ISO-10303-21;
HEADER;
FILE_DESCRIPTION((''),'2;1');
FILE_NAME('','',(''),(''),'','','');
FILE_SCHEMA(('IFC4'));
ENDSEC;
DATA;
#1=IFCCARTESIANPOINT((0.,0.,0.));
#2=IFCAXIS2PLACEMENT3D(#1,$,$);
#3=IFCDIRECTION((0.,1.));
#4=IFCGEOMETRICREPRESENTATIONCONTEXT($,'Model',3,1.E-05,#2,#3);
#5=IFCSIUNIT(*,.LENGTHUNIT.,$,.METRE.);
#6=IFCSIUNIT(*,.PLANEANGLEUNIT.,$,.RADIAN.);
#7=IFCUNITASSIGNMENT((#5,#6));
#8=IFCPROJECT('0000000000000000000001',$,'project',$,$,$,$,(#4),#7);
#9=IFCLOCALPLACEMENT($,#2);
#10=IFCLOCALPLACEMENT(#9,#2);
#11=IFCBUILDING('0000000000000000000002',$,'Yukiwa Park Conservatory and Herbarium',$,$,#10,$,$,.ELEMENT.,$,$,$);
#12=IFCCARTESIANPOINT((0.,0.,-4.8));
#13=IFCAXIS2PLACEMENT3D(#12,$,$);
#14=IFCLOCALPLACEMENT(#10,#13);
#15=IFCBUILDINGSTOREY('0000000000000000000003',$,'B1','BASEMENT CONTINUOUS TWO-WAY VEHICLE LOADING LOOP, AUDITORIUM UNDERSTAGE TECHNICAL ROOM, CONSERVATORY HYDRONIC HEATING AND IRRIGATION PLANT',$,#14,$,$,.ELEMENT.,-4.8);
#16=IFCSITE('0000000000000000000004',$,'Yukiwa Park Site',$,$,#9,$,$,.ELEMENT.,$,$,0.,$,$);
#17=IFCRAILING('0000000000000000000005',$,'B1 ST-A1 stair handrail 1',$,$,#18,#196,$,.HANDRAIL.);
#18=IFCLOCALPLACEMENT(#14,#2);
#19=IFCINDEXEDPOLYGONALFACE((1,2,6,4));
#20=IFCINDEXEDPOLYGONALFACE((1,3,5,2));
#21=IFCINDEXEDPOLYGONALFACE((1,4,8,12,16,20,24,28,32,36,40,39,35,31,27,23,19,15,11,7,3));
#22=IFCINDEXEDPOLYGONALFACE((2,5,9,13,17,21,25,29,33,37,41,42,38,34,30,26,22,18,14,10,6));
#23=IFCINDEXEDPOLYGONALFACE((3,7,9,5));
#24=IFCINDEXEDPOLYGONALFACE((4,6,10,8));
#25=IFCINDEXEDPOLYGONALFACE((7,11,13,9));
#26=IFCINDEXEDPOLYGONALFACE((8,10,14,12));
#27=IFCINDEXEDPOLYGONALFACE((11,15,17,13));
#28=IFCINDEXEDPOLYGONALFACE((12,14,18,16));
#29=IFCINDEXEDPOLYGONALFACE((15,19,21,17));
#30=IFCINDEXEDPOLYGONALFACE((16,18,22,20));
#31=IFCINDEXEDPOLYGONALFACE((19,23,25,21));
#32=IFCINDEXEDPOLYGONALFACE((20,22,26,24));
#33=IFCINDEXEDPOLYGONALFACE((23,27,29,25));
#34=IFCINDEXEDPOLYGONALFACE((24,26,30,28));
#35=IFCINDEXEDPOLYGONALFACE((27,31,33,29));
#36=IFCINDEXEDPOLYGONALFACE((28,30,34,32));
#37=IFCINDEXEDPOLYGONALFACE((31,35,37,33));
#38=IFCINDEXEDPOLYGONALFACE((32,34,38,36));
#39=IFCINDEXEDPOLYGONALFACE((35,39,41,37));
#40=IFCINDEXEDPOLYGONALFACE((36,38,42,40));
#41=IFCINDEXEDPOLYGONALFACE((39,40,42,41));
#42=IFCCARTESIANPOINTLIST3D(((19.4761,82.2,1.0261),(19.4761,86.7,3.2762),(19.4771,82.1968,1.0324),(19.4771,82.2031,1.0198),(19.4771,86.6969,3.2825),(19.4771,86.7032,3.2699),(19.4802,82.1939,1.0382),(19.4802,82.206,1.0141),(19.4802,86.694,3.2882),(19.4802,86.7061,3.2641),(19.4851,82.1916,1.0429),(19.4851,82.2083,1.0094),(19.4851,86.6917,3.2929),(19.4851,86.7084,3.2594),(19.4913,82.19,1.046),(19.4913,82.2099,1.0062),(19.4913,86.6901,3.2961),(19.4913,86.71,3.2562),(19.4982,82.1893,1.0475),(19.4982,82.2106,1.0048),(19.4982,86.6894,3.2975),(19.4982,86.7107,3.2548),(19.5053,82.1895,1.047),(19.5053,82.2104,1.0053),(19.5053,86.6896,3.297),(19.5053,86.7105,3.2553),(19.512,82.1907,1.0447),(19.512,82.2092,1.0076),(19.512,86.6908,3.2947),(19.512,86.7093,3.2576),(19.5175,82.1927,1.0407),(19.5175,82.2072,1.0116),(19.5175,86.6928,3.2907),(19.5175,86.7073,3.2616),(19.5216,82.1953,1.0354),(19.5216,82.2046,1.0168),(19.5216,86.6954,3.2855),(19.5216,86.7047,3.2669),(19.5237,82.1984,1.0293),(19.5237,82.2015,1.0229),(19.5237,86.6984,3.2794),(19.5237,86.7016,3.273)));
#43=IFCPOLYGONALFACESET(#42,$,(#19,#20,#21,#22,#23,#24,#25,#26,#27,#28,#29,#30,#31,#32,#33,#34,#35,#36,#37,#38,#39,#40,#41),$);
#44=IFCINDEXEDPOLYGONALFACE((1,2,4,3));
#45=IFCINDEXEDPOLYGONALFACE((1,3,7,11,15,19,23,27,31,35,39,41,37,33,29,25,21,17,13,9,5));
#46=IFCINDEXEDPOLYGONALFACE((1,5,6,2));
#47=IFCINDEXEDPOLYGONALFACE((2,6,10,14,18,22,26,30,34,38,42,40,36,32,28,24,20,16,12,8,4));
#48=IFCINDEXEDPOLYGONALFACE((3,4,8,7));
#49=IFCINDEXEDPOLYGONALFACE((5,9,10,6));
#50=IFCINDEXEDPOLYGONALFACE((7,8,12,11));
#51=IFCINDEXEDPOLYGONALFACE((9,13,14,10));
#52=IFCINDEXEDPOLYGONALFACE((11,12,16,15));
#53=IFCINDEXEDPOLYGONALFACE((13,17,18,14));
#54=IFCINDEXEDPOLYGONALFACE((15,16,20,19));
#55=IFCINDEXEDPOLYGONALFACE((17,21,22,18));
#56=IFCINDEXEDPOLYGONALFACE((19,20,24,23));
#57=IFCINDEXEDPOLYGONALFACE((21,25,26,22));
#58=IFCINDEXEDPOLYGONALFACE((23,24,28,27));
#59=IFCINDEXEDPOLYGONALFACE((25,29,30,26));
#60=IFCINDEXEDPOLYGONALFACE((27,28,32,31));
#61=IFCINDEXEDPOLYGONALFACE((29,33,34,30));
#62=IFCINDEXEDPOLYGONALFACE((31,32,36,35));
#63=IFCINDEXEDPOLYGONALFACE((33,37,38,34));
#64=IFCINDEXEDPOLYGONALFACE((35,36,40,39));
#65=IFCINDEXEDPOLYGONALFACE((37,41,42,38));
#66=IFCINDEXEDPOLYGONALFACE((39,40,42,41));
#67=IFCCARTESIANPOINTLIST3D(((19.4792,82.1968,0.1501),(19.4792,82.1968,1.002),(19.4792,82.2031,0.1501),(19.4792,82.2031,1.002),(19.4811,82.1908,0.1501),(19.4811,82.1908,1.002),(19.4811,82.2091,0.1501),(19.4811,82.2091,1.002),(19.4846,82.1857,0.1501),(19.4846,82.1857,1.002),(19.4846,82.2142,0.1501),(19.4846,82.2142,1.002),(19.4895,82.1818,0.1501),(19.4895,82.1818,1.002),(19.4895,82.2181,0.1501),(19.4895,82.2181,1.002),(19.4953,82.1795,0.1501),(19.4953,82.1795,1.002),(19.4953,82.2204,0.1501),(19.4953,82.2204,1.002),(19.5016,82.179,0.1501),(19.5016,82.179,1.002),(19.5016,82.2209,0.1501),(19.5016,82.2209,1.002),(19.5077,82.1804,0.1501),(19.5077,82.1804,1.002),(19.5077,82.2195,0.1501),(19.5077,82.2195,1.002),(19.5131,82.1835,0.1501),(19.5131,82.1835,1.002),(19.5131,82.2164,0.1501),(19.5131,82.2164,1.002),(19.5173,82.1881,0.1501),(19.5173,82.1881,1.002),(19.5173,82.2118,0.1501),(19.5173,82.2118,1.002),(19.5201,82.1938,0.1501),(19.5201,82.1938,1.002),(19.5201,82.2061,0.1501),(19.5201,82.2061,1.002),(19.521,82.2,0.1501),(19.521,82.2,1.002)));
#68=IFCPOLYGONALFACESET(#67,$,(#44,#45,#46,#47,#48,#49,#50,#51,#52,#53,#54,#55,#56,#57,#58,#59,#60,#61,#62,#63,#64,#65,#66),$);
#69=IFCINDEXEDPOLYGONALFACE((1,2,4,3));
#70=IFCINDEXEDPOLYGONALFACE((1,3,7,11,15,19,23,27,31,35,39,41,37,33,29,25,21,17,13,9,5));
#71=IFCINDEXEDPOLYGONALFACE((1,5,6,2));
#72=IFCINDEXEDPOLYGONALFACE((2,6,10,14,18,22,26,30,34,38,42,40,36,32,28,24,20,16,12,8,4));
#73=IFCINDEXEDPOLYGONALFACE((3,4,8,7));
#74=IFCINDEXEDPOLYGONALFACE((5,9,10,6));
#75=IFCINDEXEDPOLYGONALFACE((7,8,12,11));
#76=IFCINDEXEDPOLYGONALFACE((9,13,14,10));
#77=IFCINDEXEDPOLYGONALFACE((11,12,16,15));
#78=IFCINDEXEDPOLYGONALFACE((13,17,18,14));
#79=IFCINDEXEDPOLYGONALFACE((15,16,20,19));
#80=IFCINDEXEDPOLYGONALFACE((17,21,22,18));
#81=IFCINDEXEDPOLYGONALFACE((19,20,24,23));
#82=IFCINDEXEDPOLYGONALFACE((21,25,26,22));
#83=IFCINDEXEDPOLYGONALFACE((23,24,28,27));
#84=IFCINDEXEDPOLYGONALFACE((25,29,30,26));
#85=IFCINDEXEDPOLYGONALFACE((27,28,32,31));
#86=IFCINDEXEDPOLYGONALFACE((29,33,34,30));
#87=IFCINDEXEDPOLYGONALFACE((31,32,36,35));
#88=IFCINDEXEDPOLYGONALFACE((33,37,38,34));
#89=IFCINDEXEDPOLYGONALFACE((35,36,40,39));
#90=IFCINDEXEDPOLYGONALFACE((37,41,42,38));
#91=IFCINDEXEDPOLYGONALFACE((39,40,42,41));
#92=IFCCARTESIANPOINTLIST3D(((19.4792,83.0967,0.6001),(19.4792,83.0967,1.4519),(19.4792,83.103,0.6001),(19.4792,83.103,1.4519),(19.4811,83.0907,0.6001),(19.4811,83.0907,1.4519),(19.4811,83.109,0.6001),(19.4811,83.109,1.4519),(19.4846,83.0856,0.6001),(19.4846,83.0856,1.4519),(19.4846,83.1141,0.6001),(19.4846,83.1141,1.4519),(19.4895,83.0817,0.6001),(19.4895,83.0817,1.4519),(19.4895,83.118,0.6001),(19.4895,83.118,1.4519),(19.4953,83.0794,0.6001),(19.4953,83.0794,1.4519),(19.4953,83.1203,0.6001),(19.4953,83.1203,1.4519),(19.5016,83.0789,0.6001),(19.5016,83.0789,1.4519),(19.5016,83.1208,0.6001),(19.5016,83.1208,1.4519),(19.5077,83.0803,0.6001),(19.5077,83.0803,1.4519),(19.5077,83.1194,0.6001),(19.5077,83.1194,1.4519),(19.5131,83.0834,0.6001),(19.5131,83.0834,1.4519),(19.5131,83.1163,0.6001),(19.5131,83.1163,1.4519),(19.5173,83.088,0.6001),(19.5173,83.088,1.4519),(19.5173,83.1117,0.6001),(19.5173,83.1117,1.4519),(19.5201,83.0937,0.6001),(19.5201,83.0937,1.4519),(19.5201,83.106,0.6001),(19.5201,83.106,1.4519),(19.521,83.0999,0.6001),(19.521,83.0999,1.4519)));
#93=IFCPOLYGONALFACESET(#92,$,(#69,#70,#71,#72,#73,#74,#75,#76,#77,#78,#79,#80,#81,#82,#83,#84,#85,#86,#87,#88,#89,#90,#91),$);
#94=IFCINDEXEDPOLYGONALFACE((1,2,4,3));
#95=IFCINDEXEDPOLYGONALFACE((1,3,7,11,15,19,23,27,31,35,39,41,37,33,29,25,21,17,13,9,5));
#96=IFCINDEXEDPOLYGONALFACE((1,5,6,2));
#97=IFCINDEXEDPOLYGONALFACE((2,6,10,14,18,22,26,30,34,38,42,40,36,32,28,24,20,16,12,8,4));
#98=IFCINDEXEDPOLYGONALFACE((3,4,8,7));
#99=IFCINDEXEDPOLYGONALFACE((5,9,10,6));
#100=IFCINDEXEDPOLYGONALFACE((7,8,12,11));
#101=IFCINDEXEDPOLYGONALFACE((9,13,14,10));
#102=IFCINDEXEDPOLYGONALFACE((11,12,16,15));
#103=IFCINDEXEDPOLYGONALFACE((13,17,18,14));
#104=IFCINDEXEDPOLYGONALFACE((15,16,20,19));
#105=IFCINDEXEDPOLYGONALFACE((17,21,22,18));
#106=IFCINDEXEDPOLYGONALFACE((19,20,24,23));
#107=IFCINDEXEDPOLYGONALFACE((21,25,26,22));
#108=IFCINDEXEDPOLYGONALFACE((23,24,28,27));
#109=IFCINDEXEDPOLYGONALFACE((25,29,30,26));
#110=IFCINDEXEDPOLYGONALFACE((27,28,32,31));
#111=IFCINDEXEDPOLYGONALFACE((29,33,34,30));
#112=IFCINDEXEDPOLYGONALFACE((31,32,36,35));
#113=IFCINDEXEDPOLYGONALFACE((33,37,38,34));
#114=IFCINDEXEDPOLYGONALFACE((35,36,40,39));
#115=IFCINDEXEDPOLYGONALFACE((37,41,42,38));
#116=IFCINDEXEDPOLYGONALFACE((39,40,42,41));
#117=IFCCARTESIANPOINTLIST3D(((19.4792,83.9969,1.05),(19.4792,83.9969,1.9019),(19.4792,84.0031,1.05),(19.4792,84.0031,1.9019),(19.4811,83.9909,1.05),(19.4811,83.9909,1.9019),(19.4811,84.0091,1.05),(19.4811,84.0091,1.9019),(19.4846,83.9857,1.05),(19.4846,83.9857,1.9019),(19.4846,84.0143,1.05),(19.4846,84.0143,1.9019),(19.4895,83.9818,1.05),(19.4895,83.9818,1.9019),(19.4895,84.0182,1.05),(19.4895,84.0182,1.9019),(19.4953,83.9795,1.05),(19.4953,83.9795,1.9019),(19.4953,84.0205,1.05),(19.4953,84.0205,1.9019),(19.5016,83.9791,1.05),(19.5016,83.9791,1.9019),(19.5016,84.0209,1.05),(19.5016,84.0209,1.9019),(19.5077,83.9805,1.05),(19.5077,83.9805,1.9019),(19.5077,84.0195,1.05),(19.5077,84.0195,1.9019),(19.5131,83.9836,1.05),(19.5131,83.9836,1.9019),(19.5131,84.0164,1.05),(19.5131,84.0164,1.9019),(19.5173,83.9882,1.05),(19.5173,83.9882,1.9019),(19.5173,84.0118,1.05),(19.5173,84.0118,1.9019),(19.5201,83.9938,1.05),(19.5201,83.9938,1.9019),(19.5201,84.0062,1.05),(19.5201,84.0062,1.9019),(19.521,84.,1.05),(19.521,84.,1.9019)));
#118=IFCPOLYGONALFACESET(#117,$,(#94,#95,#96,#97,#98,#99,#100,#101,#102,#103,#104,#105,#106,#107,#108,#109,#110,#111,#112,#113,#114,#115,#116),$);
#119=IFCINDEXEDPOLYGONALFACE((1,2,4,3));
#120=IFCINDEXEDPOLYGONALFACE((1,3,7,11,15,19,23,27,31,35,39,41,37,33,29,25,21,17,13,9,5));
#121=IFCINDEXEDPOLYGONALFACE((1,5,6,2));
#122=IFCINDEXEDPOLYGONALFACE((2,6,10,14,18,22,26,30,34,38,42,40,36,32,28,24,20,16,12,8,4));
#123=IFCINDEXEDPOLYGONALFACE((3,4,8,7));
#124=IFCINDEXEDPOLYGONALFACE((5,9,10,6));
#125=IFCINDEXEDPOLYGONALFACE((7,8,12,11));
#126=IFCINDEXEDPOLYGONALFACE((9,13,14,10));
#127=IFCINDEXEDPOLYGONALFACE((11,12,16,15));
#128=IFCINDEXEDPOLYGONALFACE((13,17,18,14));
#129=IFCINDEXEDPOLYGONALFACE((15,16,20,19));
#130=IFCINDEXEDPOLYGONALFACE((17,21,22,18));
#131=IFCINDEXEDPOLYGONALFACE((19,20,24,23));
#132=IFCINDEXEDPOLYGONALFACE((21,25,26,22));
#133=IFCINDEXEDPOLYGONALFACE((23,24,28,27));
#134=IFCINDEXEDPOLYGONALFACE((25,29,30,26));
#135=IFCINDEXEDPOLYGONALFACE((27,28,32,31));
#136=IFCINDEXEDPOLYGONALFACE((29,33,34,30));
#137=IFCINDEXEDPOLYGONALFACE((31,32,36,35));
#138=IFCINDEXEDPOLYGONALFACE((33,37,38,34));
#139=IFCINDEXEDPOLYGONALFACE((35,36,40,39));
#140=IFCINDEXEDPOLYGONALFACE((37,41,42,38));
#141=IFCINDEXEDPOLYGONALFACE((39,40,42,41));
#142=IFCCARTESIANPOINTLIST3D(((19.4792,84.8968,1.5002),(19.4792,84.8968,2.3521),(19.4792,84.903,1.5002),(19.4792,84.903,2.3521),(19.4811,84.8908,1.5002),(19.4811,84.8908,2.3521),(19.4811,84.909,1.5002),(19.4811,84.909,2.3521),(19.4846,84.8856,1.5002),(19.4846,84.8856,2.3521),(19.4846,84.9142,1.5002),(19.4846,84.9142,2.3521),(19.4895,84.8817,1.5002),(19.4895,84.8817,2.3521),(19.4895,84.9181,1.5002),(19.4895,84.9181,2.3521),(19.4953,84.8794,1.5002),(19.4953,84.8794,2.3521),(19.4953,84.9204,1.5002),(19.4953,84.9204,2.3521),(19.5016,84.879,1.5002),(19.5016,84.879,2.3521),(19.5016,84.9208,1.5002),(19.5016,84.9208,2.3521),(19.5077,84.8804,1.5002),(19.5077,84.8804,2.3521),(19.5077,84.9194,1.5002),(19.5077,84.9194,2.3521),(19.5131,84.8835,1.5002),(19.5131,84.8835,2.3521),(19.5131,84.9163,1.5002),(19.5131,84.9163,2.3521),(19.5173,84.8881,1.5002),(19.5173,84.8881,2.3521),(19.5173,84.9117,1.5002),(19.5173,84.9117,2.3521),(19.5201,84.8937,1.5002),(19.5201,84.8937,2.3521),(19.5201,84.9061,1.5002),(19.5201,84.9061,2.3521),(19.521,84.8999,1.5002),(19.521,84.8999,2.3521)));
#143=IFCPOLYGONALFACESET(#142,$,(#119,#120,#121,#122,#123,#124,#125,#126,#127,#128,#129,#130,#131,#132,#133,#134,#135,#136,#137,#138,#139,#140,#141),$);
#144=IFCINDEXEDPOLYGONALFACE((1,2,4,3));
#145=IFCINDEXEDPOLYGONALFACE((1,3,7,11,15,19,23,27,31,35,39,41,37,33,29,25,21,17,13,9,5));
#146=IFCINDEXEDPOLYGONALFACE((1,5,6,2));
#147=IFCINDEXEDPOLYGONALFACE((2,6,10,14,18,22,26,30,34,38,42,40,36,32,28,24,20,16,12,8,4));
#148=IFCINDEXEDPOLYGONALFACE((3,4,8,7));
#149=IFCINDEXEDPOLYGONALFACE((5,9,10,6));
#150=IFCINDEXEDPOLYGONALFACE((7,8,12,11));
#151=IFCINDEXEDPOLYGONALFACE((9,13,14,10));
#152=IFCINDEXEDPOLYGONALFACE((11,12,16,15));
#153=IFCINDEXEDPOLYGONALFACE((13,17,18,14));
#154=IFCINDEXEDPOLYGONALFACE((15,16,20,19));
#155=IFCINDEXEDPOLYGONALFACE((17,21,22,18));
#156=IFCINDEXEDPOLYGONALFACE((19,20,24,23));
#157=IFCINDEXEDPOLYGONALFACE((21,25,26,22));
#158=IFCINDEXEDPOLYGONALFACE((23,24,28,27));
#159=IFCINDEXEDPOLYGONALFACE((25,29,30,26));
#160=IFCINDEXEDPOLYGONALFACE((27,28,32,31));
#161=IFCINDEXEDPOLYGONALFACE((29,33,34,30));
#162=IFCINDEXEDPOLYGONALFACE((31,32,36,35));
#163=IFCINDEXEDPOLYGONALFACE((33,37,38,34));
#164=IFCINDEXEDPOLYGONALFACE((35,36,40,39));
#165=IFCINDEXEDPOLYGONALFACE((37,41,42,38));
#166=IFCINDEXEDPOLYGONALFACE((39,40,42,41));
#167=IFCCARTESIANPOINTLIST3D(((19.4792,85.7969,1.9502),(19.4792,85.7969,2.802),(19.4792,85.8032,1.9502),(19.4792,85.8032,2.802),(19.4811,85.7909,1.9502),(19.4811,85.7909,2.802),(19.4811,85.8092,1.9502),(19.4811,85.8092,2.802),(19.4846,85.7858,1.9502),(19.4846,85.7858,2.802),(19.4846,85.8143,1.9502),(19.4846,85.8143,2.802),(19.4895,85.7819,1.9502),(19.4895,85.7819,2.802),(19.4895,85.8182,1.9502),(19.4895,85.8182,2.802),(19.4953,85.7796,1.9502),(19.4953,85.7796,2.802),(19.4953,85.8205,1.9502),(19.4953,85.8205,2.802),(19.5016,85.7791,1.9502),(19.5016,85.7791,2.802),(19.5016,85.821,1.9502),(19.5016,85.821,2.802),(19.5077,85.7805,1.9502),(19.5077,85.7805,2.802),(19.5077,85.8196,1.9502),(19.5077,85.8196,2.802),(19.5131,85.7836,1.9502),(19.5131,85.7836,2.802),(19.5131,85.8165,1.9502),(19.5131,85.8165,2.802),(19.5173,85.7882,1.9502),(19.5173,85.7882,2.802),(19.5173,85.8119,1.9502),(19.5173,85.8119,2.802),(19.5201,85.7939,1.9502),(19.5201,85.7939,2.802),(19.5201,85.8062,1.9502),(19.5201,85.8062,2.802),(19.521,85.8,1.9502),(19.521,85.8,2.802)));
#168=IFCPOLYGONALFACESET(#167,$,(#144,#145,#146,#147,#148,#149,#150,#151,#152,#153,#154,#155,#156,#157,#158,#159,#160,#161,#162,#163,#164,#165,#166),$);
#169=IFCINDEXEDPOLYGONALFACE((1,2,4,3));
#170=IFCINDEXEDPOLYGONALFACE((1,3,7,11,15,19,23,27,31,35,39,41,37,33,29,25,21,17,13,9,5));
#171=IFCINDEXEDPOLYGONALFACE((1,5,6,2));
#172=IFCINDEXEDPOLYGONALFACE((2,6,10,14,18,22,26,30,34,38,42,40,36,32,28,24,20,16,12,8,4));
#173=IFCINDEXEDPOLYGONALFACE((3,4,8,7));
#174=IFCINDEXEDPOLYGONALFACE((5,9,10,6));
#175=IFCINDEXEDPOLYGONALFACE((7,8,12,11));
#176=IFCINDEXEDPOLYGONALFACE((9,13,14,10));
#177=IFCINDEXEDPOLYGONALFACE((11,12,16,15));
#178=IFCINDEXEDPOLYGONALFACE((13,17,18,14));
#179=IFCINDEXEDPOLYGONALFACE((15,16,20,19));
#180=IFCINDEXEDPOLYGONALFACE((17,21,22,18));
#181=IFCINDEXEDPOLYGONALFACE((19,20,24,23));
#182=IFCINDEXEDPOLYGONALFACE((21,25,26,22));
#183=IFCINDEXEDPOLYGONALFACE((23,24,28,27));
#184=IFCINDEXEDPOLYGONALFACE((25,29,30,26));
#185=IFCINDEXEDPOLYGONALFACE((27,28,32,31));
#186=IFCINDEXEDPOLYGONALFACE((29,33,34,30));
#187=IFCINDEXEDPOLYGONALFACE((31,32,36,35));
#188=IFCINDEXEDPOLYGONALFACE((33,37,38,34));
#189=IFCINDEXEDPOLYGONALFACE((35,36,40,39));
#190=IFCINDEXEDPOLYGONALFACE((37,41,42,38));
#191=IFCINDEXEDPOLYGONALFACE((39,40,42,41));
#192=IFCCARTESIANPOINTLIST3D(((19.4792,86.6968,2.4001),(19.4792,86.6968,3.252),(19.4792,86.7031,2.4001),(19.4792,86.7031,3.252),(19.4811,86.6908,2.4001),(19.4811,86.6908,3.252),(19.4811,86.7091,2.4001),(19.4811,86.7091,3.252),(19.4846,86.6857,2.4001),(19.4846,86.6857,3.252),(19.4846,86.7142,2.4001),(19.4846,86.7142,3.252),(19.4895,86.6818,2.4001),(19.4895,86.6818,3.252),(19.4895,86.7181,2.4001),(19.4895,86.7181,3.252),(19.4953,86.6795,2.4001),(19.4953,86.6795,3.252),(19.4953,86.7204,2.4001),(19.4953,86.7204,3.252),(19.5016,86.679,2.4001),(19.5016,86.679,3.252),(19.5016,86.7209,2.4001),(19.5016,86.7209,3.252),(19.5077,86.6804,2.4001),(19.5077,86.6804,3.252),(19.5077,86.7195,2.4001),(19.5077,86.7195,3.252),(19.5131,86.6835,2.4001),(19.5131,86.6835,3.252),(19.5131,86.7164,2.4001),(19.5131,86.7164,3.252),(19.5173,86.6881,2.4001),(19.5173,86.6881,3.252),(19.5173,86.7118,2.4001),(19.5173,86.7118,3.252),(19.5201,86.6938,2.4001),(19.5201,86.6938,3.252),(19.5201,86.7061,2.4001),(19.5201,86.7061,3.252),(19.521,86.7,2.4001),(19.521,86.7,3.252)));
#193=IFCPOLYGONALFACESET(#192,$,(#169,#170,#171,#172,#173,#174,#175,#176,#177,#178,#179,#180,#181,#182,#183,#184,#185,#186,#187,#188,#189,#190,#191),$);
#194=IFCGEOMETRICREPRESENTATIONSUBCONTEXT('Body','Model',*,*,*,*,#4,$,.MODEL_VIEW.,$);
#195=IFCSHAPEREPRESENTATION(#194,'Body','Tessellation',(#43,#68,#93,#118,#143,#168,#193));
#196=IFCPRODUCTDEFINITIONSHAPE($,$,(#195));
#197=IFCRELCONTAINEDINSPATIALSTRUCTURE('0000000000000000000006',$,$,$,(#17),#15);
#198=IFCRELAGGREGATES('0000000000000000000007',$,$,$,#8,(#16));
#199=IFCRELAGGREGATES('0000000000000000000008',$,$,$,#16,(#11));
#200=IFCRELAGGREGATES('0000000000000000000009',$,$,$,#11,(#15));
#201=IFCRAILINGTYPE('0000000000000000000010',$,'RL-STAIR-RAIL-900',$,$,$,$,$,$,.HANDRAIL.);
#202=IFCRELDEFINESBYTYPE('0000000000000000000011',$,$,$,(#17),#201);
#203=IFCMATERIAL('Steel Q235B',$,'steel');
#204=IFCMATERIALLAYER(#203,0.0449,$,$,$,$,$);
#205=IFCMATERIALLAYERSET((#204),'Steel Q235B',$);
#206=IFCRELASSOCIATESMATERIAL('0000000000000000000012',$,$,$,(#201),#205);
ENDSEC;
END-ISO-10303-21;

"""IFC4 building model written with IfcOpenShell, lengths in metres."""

from ifc_helpers import new_model, si_unit, direction, frame, origin, origin_2d, place, context, subcontext, project, spatial, circle, extrude, material, layer, layer_set, type_object, element, save


model = new_model("IFC4")

# Units and contexts
model_context = context("Model", 3, precision=1e-05, world=origin(), true_north=direction((0.0, 1.0)))
body_context = subcontext(model_context, "Body", "Model", "MODEL_VIEW")
ifc_project = project(units=[si_unit("LENGTHUNIT", "METRE"), si_unit("PLANEANGLEUNIT", "RADIAN")], contexts=[model_context])

# Site, building, storey
site_placement = place(None, origin())
site = spatial("IfcSite", under=ifc_project, at=site_placement, Name="Yukiwa Park Site", CompositionType="ELEMENT", RefElevation=0.0)
building_placement = place(site_placement, origin())
building = spatial("IfcBuilding", under=site, at=building_placement, Name="Yukiwa Park Conservatory and Herbarium", CompositionType="ELEMENT")
storey_placement = place(building_placement, frame((0.0, 0.0, -4.8)))
storey = spatial("IfcBuildingStorey", under=building, at=storey_placement, Name="B1", Description="BASEMENT CONTINUOUS TWO-WAY VEHICLE LOADING LOOP, AUDITORIUM UNDERSTAGE TECHNICAL ROOM, CONSERVATORY HYDRONIC HEATING AND IRRIGATION PLANT", CompositionType="ELEMENT", Elevation=-4.8)

# Railing
ifc_material_1 = material(Name="Steel Q235B", Category="steel")
ifc_layer_1 = layer(ifc_material_1, 0.0449)
ifc_layer_set_1 = layer_set([ifc_layer_1], Name="Steel Q235B")
railing_type_1 = type_object("IfcRailingType", Name="RL-STAIR-RAIL-900", PredefinedType="HANDRAIL", material=ifc_layer_set_1)
railing_1_placement = place(storey_placement, frame((19.5, 82.2, 0.1501)))
element("IfcRailing", 1, at=railing_1_placement, inside=storey, type_object=railing_type_1, Name="B1 ST-A1 stair handrail 1", PredefinedType="HANDRAIL", context=body_context, shape_type="SweptSolid", body=[
    extrude(circle(Radius=0.0239, at=origin_2d()), frame((0.0, 0.0, 0.876), z_axis=(0.0, 0.894427, 0.447214), x_axis=(-1.0, 0.0, 0.0)), (0.0, 0.0, 1.0), 5.0312),
    extrude(circle(Radius=0.021, at=origin_2d()), origin(), (0.0, 0.0, 1.0), 0.8518),
    extrude(circle(Radius=0.021, at=origin_2d()), frame((0.0, 0.8999, 0.45)), (0.0, 0.0, 1.0), 0.8518),
    extrude(circle(Radius=0.021, at=origin_2d()), frame((0.0, 1.8, 0.8999)), (0.0, 0.0, 1.0), 0.8518),
    extrude(circle(Radius=0.021, at=origin_2d()), frame((0.0, 2.7, 1.3501)), (0.0, 0.0, 1.0), 0.8518),
    extrude(circle(Radius=0.021, at=origin_2d()), frame((0.0, 3.6001, 1.8)), (0.0, 0.0, 1.0), 0.8518),
    extrude(circle(Radius=0.021, at=origin_2d()), frame((0.0, 4.5, 2.25)), (0.0, 0.0, 1.0), 0.8518),
])

save(model, "model.ifc")
